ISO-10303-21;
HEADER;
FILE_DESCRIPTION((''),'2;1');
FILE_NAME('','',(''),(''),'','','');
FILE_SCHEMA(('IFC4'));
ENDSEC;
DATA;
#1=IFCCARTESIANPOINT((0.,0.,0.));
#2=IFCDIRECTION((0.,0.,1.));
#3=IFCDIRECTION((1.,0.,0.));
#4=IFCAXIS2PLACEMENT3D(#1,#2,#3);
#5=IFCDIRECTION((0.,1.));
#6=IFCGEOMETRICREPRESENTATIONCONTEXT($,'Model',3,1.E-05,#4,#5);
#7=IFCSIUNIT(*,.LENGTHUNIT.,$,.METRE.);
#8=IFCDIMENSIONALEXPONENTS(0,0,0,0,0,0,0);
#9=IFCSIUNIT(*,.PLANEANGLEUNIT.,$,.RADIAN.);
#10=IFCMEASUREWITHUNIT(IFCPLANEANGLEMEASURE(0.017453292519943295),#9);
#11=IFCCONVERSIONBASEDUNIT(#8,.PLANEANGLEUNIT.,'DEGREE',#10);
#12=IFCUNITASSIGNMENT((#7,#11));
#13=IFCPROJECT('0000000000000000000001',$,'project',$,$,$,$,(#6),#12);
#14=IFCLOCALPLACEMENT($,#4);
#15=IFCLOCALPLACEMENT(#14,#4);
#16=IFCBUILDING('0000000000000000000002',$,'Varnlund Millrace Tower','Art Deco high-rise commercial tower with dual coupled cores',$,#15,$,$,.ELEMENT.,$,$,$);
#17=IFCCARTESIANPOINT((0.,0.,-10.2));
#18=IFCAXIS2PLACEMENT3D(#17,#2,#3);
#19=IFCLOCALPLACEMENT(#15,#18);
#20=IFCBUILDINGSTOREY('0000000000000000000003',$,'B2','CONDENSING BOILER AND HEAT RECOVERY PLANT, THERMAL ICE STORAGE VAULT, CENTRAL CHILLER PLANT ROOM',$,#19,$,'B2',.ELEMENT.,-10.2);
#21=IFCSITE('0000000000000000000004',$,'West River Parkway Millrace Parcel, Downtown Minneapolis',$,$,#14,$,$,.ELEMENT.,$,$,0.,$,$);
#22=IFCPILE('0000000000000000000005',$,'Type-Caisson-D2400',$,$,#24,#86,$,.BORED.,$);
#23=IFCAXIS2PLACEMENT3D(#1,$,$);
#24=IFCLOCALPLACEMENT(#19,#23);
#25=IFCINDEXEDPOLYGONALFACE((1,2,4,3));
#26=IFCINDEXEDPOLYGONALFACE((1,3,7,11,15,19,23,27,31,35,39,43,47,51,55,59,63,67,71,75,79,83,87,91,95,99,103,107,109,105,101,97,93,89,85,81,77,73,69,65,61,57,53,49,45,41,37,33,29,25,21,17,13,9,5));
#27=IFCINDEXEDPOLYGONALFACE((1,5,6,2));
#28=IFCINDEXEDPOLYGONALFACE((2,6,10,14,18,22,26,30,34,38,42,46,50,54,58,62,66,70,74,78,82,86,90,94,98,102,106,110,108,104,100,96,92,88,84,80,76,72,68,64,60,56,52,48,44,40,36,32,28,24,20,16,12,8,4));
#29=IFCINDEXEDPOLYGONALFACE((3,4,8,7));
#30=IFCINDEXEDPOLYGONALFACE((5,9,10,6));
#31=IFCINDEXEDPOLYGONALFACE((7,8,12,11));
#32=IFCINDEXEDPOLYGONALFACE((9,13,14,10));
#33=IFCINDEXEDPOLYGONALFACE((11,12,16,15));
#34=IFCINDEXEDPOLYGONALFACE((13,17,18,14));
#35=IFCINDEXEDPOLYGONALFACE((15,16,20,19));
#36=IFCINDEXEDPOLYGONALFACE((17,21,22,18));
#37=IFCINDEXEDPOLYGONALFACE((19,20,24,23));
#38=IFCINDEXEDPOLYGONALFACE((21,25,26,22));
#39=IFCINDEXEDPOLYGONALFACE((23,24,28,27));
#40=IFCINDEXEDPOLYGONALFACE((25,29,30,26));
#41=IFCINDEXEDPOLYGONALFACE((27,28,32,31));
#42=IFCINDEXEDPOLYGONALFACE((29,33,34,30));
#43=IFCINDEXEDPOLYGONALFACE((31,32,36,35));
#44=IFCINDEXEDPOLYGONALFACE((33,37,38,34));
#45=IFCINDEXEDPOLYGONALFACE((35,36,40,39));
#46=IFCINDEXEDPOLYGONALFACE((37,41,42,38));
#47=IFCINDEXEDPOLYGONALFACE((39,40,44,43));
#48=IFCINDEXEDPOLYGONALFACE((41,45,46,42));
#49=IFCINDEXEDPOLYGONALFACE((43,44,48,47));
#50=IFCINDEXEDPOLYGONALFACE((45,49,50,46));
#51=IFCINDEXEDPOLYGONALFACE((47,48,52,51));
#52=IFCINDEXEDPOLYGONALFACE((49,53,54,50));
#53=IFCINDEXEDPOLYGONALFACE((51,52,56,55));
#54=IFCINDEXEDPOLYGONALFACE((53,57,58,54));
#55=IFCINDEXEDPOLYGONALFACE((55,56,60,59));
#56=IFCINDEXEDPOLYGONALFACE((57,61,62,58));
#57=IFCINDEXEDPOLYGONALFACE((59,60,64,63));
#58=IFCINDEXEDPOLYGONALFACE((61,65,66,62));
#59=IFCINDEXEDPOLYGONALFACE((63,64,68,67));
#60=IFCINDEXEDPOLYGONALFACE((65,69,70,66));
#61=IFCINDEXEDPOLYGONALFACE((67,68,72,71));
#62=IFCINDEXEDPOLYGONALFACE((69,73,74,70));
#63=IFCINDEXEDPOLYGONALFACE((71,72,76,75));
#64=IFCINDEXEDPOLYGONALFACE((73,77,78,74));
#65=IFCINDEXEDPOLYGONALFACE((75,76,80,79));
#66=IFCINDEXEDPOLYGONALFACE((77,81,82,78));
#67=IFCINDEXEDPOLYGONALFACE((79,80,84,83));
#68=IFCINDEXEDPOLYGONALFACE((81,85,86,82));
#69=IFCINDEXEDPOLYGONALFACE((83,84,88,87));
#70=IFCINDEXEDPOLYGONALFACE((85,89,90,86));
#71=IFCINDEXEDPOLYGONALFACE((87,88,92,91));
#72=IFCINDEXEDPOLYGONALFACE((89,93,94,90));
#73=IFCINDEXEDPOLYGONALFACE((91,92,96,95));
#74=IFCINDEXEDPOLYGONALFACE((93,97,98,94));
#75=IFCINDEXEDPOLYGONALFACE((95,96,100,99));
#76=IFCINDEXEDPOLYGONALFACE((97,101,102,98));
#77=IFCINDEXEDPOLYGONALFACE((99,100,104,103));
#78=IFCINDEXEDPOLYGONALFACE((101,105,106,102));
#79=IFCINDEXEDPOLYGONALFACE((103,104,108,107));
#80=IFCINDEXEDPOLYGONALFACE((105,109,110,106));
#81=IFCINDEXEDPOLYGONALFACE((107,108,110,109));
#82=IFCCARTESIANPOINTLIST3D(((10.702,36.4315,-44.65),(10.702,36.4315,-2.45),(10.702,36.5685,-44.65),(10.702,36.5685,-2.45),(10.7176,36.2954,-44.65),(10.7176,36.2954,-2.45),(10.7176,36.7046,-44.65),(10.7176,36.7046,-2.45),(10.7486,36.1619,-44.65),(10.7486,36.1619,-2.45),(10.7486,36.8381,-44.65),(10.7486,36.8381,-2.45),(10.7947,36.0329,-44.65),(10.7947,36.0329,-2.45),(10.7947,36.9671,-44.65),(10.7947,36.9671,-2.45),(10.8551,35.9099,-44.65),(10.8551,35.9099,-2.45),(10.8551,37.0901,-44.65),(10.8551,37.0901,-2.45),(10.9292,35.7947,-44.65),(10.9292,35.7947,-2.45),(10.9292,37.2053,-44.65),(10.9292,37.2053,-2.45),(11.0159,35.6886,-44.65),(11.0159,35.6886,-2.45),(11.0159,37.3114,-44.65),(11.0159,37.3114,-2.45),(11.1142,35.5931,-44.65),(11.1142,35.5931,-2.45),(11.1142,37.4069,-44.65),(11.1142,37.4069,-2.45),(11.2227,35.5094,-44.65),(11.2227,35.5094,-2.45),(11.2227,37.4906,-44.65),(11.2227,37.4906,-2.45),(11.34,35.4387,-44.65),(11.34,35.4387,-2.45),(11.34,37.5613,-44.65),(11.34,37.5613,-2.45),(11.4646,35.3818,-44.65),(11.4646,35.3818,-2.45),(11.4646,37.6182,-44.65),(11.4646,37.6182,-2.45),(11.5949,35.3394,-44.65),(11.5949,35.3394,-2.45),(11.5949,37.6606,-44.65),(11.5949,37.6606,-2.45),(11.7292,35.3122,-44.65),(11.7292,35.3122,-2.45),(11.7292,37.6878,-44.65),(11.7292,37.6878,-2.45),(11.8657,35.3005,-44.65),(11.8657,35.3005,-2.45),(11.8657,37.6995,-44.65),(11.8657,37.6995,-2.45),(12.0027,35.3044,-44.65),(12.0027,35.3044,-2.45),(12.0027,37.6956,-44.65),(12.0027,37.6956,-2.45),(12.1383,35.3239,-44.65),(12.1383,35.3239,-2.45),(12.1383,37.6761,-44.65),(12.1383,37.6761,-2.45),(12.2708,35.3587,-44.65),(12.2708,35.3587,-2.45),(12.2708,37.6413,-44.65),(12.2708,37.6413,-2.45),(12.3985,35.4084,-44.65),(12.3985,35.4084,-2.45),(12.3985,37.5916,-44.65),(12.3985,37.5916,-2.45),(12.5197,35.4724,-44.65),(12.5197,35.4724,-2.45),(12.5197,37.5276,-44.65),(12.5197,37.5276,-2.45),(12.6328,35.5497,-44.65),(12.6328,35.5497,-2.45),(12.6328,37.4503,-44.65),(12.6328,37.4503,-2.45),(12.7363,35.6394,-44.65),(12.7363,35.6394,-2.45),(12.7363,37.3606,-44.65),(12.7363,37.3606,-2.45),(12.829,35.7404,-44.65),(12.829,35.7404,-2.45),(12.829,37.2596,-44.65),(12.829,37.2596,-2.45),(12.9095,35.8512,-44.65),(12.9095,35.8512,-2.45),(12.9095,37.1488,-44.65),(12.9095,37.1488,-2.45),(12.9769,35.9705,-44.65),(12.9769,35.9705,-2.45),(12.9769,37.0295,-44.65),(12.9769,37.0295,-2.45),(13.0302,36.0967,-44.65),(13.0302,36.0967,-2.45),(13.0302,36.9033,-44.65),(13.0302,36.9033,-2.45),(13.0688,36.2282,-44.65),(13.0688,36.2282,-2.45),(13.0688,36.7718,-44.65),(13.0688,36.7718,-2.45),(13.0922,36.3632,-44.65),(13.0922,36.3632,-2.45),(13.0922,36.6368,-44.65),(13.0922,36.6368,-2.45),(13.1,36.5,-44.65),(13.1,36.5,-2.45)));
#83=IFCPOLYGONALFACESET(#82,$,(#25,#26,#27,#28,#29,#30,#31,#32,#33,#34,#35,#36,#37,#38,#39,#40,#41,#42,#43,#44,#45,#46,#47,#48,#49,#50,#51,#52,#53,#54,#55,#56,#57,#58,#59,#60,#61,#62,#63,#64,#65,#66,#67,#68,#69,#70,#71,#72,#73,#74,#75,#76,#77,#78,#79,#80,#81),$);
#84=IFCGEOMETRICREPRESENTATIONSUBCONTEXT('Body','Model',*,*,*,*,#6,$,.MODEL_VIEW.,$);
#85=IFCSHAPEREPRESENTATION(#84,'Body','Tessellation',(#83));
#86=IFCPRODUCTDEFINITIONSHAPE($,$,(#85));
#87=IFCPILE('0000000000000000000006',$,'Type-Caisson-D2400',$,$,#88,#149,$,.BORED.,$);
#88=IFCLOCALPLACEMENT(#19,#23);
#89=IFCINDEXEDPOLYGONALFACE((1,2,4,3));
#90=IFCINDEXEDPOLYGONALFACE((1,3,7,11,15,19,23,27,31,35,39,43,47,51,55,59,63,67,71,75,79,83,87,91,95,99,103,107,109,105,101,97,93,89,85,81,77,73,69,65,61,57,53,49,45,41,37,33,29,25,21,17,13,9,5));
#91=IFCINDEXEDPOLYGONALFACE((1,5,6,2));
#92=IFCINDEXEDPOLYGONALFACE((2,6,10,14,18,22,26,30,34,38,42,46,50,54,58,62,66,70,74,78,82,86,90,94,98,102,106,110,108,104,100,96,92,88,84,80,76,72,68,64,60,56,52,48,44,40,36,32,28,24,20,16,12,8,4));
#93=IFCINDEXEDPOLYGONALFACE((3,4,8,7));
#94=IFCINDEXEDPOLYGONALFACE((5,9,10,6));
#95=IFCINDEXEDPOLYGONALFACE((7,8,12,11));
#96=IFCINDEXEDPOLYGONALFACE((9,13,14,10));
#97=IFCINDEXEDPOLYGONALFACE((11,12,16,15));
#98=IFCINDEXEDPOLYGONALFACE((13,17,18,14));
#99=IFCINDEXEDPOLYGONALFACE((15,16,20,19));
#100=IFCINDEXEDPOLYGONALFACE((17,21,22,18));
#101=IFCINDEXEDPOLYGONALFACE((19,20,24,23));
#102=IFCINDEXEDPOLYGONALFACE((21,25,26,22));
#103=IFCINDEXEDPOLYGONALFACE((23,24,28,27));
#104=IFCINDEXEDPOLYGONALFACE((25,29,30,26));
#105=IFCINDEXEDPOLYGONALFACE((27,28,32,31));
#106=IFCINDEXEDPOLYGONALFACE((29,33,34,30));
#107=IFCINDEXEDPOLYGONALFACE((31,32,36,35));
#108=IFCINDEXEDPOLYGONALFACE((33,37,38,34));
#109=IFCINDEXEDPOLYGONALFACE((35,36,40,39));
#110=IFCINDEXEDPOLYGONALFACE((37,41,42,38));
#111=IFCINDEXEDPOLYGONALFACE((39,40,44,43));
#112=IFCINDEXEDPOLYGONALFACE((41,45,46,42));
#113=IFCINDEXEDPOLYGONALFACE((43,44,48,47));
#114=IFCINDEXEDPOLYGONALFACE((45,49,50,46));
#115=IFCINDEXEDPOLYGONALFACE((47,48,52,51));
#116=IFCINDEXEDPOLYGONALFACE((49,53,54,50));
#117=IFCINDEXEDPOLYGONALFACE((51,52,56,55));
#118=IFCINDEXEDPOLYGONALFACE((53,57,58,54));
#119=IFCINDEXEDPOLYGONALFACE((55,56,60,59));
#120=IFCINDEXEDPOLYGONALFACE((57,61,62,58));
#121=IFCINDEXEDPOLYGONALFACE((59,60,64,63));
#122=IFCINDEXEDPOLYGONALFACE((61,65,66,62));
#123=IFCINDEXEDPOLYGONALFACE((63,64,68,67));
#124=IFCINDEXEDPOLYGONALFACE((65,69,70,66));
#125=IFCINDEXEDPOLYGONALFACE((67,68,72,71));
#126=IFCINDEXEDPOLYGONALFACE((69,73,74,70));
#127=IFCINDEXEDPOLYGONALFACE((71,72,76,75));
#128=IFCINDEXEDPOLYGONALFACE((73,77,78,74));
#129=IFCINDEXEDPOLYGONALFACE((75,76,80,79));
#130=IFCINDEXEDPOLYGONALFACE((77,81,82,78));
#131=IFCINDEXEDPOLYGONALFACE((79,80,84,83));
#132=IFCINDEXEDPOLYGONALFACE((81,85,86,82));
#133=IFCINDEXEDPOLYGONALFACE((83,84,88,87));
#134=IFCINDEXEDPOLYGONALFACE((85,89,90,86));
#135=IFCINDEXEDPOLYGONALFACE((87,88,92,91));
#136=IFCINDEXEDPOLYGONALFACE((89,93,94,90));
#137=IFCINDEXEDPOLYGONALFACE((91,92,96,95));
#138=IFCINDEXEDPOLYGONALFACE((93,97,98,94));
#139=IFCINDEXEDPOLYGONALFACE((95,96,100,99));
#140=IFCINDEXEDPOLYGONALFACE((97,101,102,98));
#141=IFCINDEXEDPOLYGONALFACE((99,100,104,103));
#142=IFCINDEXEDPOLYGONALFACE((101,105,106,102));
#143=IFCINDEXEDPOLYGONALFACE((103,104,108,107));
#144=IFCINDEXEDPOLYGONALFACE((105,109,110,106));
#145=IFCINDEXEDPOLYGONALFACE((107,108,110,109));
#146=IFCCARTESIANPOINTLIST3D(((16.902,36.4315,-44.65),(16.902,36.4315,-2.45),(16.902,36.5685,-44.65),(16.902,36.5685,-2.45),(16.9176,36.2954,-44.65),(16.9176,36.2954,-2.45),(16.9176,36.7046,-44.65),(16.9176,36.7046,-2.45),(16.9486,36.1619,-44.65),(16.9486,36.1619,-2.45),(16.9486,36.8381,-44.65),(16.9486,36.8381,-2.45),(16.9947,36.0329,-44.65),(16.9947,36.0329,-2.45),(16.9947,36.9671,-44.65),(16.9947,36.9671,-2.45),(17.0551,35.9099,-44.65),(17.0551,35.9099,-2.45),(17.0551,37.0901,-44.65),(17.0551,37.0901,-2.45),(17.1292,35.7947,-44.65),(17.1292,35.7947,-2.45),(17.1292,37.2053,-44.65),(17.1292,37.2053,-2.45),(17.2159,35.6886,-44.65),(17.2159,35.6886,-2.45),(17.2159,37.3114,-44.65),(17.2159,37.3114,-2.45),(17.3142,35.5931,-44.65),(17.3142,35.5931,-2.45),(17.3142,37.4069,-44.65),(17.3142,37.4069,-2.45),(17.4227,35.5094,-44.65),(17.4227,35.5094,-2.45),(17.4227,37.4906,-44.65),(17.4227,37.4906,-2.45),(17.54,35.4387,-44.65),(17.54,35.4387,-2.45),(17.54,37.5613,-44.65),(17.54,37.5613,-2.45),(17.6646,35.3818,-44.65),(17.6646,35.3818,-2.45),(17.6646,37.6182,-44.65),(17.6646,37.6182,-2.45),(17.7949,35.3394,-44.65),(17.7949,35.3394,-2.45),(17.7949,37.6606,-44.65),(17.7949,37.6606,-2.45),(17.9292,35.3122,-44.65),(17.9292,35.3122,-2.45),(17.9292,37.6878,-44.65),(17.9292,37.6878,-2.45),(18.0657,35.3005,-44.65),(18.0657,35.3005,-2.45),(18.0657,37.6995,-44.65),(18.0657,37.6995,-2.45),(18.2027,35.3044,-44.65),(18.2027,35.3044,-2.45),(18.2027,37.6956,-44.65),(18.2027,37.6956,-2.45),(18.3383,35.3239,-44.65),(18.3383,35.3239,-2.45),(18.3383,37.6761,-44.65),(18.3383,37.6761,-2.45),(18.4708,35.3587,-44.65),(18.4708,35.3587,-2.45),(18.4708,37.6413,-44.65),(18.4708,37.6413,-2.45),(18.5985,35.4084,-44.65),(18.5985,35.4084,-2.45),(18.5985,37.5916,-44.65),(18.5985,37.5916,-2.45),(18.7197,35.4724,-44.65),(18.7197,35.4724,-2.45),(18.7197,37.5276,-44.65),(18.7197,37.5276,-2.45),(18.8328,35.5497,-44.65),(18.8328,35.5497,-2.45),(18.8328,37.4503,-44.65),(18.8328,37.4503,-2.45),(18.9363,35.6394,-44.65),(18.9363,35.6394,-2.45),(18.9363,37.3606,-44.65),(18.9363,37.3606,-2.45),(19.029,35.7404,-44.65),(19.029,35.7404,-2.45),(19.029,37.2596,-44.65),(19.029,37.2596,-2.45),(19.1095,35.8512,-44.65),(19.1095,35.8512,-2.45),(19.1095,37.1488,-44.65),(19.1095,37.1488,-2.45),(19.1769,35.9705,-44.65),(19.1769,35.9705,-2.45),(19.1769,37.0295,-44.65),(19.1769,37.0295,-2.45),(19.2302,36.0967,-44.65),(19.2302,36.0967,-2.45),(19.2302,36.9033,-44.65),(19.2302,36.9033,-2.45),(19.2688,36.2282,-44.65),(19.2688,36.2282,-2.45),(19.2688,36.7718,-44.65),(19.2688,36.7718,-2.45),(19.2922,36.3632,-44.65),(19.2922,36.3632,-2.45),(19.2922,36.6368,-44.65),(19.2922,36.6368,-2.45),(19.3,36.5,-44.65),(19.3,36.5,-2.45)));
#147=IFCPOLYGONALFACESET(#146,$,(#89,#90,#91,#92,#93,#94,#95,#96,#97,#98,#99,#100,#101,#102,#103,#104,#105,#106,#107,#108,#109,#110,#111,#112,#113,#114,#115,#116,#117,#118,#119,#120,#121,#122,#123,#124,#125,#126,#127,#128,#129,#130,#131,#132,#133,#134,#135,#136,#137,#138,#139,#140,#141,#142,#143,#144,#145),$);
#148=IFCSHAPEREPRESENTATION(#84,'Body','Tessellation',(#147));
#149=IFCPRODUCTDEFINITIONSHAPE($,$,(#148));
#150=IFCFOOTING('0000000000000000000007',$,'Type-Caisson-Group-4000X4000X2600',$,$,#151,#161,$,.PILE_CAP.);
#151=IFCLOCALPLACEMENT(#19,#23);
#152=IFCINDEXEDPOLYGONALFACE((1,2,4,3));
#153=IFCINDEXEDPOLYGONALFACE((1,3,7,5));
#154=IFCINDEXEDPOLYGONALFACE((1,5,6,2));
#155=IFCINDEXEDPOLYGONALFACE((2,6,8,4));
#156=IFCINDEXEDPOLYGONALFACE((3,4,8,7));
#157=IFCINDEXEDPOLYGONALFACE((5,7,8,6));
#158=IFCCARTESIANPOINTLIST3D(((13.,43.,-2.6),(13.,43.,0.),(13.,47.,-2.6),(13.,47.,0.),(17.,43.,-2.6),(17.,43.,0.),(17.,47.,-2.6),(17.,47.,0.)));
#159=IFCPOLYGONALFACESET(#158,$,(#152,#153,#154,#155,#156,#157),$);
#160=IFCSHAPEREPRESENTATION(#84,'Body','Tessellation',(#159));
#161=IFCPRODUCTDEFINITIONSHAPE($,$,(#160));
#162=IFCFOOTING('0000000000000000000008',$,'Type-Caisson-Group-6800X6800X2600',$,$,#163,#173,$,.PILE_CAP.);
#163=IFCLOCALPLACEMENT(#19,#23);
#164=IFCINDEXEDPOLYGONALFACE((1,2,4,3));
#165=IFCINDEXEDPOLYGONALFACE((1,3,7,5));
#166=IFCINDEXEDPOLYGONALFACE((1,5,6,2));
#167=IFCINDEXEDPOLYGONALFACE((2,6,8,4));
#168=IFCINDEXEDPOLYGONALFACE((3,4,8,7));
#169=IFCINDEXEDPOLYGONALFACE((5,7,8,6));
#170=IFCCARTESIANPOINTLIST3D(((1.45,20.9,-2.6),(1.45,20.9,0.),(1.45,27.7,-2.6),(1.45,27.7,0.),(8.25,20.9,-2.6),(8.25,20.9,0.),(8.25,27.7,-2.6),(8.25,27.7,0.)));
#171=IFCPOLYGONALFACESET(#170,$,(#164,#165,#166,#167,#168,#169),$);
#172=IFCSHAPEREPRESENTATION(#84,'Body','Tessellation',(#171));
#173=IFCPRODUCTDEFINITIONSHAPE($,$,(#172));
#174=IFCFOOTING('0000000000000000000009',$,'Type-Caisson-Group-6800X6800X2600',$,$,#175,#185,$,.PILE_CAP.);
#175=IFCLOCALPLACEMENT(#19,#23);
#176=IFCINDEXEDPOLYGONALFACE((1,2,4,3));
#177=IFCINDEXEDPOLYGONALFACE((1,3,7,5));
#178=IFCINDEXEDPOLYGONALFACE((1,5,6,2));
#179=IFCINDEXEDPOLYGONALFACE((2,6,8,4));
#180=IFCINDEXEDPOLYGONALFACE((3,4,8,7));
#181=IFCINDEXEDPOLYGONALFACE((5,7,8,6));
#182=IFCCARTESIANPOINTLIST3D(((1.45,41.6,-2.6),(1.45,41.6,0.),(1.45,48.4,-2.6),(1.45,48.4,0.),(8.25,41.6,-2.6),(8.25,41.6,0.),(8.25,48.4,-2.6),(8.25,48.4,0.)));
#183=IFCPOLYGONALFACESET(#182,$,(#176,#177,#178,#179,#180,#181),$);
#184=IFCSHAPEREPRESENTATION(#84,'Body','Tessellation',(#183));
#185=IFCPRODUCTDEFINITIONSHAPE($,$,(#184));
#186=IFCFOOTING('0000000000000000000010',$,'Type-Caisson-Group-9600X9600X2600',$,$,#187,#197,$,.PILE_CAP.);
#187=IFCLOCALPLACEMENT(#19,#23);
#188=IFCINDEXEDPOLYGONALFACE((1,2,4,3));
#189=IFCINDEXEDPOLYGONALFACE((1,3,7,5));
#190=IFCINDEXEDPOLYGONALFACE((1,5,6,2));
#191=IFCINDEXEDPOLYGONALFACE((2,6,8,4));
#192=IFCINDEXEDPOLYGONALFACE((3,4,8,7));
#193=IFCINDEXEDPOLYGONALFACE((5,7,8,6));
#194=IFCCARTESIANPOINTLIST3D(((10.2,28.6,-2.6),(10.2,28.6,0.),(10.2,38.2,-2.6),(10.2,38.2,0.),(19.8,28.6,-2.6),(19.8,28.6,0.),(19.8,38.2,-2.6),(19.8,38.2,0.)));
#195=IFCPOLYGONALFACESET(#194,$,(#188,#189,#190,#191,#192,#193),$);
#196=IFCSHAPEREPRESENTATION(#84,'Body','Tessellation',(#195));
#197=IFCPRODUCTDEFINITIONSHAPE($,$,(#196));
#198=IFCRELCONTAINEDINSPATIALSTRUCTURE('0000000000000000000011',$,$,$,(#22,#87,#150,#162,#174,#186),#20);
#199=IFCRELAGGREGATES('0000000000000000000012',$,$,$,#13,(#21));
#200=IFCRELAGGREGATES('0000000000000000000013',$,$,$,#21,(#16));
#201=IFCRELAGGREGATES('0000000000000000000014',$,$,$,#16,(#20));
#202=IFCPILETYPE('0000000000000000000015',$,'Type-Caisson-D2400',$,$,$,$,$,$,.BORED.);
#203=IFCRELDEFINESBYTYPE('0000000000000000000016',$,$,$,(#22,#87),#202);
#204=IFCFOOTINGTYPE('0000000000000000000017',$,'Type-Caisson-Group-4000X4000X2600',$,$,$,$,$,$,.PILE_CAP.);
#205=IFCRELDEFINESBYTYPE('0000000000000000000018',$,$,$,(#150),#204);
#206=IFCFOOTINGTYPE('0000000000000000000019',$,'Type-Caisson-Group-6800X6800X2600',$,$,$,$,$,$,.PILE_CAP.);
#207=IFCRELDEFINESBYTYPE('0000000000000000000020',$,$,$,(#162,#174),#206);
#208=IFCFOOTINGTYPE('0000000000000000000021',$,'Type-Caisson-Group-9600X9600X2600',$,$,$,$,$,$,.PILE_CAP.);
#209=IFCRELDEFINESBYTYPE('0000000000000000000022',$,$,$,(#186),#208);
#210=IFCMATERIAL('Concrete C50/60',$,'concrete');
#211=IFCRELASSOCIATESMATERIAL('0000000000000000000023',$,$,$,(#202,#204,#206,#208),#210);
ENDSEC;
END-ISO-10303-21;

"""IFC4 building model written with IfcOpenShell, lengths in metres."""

from ifc_helpers import new_model, entity, si_unit, converted_unit, direction, frame, origin_with_axes, origin_2d_with_axis, place, context, subcontext, project, spatial, rectangle, circle, extrude, material, material_profile, profile_set, type_object, element, save


model = new_model("IFC4")

# Units and contexts
model_context = context("Model", 3, precision=1e-05, world=origin_with_axes(), true_north=direction((0.0, 1.0)))
body_context = subcontext(model_context, "Body", "Model", "MODEL_VIEW")
ifc_project = project(units=[si_unit("LENGTHUNIT", "METRE"), converted_unit("PLANEANGLEUNIT", "DEGREE", entity("IfcPlaneAngleMeasure", 0.017453292519943295), si_unit("PLANEANGLEUNIT", "RADIAN"), dimensions=[0, 0, 0, 0, 0, 0, 0])], contexts=[model_context])

# Site, building, storey
site_placement = place(None, origin_with_axes())
site = spatial("IfcSite", under=ifc_project, at=site_placement, Name="West River Parkway Millrace Parcel, Downtown Minneapolis", CompositionType="ELEMENT", RefElevation=0.0)
building_placement = place(site_placement, origin_with_axes())
building = spatial("IfcBuilding", under=site, at=building_placement, Name="Varnlund Millrace Tower", Description="Art Deco high-rise commercial tower with dual coupled cores", CompositionType="ELEMENT")
storey_placement = place(building_placement, frame((0.0, 0.0, -10.2), z_axis=(0.0, 0.0, 1.0), x_axis=(1.0, 0.0, 0.0)))
storey = spatial("IfcBuildingStorey", under=building, at=storey_placement, Name="B2", Description="CONDENSING BOILER AND HEAT RECOVERY PLANT, THERMAL ICE STORAGE VAULT, CENTRAL CHILLER PLANT ROOM", LongName="B2", CompositionType="ELEMENT", Elevation=-10.2)

# Piles
ifc_material_1 = material(Name="Concrete C50/60", Category="concrete")
ifc_material_profile_1 = material_profile(ifc_material_1, circle(Radius=1.2, at=origin_2d_with_axis()), Name="Concrete C50/60")
ifc_profile_set_1 = profile_set([ifc_material_profile_1], Name="Concrete C50/60")
pile_type_1 = type_object("IfcPileType", Name="Type-Caisson-D2400", PredefinedType="BORED", material=ifc_profile_set_1)
for number, where, z_axis, x_axis, name in (
    (1, (11.9, 36.5, -44.65), (0.0, 0.0, 1.0), (1.0, 0.0, 0.0), "Type-Caisson-D2400"),
    (2, (18.1, 36.5, -44.65), (0.0, 0.0, 1.0), (1.0, 0.0, 0.0), "Type-Caisson-D2400"),
):
    element("IfcPile", number, at=place(storey_placement, frame(where, z_axis=z_axis, x_axis=x_axis)), inside=storey, type_object=pile_type_1, Name=name, PredefinedType="BORED", context=body_context, shape_type="SweptSolid", body=[
        extrude(circle(Radius=1.2, at=origin_2d_with_axis()), origin_with_axes(), (0.0, 0.0, 1.0), 42.2),
    ])

# Footings
footing_type_1 = type_object("IfcFootingType", Name="Type-Caisson-Group-4000X4000X2600", PredefinedType="PILE_CAP", material=ifc_material_1)
footing_1_placement = place(storey_placement, frame((15.0, 45.0, -2.6), z_axis=(0.0, 0.0, 1.0), x_axis=(1.0, 0.0, 0.0)))
element("IfcFooting", 3, at=footing_1_placement, inside=storey, type_object=footing_type_1, Name="Type-Caisson-Group-4000X4000X2600", PredefinedType="PILE_CAP", context=body_context, shape_type="SweptSolid", body=[
    extrude(rectangle(XDim=4.0, YDim=4.0, at=origin_2d_with_axis()), origin_with_axes(), (0.0, 0.0, 1.0), 2.6),
])
footing_type_2 = type_object("IfcFootingType", Name="Type-Caisson-Group-6800X6800X2600", PredefinedType="PILE_CAP", material=ifc_material_1)
for number, where, z_axis, x_axis, name in (
    (4, (4.85, 24.3, -2.6), (0.0, 0.0, 1.0), (1.0, 0.0, 0.0), "Type-Caisson-Group-6800X6800X2600"),
    (5, (4.85, 45.0, -2.6), (0.0, 0.0, 1.0), (1.0, 0.0, 0.0), "Type-Caisson-Group-6800X6800X2600"),
):
    element("IfcFooting", number, at=place(storey_placement, frame(where, z_axis=z_axis, x_axis=x_axis)), inside=storey, type_object=footing_type_2, Name=name, PredefinedType="PILE_CAP", context=body_context, shape_type="SweptSolid", body=[
        extrude(rectangle(XDim=6.8, YDim=6.8, at=origin_2d_with_axis()), origin_with_axes(), (0.0, 0.0, 1.0), 2.6),
    ])
footing_type_3 = type_object("IfcFootingType", Name="Type-Caisson-Group-9600X9600X2600", PredefinedType="PILE_CAP", material=ifc_material_1)
footing_2_placement = place(storey_placement, frame((15.0, 33.4, -2.6), z_axis=(0.0, 0.0, 1.0), x_axis=(1.0, 0.0, 0.0)))
element("IfcFooting", 6, at=footing_2_placement, inside=storey, type_object=footing_type_3, Name="Type-Caisson-Group-9600X9600X2600", PredefinedType="PILE_CAP", context=body_context, shape_type="SweptSolid", body=[
    extrude(rectangle(XDim=9.6, YDim=9.6, at=origin_2d_with_axis()), origin_with_axes(), (0.0, 0.0, 1.0), 2.6),
])

save(model, "model.ifc")
